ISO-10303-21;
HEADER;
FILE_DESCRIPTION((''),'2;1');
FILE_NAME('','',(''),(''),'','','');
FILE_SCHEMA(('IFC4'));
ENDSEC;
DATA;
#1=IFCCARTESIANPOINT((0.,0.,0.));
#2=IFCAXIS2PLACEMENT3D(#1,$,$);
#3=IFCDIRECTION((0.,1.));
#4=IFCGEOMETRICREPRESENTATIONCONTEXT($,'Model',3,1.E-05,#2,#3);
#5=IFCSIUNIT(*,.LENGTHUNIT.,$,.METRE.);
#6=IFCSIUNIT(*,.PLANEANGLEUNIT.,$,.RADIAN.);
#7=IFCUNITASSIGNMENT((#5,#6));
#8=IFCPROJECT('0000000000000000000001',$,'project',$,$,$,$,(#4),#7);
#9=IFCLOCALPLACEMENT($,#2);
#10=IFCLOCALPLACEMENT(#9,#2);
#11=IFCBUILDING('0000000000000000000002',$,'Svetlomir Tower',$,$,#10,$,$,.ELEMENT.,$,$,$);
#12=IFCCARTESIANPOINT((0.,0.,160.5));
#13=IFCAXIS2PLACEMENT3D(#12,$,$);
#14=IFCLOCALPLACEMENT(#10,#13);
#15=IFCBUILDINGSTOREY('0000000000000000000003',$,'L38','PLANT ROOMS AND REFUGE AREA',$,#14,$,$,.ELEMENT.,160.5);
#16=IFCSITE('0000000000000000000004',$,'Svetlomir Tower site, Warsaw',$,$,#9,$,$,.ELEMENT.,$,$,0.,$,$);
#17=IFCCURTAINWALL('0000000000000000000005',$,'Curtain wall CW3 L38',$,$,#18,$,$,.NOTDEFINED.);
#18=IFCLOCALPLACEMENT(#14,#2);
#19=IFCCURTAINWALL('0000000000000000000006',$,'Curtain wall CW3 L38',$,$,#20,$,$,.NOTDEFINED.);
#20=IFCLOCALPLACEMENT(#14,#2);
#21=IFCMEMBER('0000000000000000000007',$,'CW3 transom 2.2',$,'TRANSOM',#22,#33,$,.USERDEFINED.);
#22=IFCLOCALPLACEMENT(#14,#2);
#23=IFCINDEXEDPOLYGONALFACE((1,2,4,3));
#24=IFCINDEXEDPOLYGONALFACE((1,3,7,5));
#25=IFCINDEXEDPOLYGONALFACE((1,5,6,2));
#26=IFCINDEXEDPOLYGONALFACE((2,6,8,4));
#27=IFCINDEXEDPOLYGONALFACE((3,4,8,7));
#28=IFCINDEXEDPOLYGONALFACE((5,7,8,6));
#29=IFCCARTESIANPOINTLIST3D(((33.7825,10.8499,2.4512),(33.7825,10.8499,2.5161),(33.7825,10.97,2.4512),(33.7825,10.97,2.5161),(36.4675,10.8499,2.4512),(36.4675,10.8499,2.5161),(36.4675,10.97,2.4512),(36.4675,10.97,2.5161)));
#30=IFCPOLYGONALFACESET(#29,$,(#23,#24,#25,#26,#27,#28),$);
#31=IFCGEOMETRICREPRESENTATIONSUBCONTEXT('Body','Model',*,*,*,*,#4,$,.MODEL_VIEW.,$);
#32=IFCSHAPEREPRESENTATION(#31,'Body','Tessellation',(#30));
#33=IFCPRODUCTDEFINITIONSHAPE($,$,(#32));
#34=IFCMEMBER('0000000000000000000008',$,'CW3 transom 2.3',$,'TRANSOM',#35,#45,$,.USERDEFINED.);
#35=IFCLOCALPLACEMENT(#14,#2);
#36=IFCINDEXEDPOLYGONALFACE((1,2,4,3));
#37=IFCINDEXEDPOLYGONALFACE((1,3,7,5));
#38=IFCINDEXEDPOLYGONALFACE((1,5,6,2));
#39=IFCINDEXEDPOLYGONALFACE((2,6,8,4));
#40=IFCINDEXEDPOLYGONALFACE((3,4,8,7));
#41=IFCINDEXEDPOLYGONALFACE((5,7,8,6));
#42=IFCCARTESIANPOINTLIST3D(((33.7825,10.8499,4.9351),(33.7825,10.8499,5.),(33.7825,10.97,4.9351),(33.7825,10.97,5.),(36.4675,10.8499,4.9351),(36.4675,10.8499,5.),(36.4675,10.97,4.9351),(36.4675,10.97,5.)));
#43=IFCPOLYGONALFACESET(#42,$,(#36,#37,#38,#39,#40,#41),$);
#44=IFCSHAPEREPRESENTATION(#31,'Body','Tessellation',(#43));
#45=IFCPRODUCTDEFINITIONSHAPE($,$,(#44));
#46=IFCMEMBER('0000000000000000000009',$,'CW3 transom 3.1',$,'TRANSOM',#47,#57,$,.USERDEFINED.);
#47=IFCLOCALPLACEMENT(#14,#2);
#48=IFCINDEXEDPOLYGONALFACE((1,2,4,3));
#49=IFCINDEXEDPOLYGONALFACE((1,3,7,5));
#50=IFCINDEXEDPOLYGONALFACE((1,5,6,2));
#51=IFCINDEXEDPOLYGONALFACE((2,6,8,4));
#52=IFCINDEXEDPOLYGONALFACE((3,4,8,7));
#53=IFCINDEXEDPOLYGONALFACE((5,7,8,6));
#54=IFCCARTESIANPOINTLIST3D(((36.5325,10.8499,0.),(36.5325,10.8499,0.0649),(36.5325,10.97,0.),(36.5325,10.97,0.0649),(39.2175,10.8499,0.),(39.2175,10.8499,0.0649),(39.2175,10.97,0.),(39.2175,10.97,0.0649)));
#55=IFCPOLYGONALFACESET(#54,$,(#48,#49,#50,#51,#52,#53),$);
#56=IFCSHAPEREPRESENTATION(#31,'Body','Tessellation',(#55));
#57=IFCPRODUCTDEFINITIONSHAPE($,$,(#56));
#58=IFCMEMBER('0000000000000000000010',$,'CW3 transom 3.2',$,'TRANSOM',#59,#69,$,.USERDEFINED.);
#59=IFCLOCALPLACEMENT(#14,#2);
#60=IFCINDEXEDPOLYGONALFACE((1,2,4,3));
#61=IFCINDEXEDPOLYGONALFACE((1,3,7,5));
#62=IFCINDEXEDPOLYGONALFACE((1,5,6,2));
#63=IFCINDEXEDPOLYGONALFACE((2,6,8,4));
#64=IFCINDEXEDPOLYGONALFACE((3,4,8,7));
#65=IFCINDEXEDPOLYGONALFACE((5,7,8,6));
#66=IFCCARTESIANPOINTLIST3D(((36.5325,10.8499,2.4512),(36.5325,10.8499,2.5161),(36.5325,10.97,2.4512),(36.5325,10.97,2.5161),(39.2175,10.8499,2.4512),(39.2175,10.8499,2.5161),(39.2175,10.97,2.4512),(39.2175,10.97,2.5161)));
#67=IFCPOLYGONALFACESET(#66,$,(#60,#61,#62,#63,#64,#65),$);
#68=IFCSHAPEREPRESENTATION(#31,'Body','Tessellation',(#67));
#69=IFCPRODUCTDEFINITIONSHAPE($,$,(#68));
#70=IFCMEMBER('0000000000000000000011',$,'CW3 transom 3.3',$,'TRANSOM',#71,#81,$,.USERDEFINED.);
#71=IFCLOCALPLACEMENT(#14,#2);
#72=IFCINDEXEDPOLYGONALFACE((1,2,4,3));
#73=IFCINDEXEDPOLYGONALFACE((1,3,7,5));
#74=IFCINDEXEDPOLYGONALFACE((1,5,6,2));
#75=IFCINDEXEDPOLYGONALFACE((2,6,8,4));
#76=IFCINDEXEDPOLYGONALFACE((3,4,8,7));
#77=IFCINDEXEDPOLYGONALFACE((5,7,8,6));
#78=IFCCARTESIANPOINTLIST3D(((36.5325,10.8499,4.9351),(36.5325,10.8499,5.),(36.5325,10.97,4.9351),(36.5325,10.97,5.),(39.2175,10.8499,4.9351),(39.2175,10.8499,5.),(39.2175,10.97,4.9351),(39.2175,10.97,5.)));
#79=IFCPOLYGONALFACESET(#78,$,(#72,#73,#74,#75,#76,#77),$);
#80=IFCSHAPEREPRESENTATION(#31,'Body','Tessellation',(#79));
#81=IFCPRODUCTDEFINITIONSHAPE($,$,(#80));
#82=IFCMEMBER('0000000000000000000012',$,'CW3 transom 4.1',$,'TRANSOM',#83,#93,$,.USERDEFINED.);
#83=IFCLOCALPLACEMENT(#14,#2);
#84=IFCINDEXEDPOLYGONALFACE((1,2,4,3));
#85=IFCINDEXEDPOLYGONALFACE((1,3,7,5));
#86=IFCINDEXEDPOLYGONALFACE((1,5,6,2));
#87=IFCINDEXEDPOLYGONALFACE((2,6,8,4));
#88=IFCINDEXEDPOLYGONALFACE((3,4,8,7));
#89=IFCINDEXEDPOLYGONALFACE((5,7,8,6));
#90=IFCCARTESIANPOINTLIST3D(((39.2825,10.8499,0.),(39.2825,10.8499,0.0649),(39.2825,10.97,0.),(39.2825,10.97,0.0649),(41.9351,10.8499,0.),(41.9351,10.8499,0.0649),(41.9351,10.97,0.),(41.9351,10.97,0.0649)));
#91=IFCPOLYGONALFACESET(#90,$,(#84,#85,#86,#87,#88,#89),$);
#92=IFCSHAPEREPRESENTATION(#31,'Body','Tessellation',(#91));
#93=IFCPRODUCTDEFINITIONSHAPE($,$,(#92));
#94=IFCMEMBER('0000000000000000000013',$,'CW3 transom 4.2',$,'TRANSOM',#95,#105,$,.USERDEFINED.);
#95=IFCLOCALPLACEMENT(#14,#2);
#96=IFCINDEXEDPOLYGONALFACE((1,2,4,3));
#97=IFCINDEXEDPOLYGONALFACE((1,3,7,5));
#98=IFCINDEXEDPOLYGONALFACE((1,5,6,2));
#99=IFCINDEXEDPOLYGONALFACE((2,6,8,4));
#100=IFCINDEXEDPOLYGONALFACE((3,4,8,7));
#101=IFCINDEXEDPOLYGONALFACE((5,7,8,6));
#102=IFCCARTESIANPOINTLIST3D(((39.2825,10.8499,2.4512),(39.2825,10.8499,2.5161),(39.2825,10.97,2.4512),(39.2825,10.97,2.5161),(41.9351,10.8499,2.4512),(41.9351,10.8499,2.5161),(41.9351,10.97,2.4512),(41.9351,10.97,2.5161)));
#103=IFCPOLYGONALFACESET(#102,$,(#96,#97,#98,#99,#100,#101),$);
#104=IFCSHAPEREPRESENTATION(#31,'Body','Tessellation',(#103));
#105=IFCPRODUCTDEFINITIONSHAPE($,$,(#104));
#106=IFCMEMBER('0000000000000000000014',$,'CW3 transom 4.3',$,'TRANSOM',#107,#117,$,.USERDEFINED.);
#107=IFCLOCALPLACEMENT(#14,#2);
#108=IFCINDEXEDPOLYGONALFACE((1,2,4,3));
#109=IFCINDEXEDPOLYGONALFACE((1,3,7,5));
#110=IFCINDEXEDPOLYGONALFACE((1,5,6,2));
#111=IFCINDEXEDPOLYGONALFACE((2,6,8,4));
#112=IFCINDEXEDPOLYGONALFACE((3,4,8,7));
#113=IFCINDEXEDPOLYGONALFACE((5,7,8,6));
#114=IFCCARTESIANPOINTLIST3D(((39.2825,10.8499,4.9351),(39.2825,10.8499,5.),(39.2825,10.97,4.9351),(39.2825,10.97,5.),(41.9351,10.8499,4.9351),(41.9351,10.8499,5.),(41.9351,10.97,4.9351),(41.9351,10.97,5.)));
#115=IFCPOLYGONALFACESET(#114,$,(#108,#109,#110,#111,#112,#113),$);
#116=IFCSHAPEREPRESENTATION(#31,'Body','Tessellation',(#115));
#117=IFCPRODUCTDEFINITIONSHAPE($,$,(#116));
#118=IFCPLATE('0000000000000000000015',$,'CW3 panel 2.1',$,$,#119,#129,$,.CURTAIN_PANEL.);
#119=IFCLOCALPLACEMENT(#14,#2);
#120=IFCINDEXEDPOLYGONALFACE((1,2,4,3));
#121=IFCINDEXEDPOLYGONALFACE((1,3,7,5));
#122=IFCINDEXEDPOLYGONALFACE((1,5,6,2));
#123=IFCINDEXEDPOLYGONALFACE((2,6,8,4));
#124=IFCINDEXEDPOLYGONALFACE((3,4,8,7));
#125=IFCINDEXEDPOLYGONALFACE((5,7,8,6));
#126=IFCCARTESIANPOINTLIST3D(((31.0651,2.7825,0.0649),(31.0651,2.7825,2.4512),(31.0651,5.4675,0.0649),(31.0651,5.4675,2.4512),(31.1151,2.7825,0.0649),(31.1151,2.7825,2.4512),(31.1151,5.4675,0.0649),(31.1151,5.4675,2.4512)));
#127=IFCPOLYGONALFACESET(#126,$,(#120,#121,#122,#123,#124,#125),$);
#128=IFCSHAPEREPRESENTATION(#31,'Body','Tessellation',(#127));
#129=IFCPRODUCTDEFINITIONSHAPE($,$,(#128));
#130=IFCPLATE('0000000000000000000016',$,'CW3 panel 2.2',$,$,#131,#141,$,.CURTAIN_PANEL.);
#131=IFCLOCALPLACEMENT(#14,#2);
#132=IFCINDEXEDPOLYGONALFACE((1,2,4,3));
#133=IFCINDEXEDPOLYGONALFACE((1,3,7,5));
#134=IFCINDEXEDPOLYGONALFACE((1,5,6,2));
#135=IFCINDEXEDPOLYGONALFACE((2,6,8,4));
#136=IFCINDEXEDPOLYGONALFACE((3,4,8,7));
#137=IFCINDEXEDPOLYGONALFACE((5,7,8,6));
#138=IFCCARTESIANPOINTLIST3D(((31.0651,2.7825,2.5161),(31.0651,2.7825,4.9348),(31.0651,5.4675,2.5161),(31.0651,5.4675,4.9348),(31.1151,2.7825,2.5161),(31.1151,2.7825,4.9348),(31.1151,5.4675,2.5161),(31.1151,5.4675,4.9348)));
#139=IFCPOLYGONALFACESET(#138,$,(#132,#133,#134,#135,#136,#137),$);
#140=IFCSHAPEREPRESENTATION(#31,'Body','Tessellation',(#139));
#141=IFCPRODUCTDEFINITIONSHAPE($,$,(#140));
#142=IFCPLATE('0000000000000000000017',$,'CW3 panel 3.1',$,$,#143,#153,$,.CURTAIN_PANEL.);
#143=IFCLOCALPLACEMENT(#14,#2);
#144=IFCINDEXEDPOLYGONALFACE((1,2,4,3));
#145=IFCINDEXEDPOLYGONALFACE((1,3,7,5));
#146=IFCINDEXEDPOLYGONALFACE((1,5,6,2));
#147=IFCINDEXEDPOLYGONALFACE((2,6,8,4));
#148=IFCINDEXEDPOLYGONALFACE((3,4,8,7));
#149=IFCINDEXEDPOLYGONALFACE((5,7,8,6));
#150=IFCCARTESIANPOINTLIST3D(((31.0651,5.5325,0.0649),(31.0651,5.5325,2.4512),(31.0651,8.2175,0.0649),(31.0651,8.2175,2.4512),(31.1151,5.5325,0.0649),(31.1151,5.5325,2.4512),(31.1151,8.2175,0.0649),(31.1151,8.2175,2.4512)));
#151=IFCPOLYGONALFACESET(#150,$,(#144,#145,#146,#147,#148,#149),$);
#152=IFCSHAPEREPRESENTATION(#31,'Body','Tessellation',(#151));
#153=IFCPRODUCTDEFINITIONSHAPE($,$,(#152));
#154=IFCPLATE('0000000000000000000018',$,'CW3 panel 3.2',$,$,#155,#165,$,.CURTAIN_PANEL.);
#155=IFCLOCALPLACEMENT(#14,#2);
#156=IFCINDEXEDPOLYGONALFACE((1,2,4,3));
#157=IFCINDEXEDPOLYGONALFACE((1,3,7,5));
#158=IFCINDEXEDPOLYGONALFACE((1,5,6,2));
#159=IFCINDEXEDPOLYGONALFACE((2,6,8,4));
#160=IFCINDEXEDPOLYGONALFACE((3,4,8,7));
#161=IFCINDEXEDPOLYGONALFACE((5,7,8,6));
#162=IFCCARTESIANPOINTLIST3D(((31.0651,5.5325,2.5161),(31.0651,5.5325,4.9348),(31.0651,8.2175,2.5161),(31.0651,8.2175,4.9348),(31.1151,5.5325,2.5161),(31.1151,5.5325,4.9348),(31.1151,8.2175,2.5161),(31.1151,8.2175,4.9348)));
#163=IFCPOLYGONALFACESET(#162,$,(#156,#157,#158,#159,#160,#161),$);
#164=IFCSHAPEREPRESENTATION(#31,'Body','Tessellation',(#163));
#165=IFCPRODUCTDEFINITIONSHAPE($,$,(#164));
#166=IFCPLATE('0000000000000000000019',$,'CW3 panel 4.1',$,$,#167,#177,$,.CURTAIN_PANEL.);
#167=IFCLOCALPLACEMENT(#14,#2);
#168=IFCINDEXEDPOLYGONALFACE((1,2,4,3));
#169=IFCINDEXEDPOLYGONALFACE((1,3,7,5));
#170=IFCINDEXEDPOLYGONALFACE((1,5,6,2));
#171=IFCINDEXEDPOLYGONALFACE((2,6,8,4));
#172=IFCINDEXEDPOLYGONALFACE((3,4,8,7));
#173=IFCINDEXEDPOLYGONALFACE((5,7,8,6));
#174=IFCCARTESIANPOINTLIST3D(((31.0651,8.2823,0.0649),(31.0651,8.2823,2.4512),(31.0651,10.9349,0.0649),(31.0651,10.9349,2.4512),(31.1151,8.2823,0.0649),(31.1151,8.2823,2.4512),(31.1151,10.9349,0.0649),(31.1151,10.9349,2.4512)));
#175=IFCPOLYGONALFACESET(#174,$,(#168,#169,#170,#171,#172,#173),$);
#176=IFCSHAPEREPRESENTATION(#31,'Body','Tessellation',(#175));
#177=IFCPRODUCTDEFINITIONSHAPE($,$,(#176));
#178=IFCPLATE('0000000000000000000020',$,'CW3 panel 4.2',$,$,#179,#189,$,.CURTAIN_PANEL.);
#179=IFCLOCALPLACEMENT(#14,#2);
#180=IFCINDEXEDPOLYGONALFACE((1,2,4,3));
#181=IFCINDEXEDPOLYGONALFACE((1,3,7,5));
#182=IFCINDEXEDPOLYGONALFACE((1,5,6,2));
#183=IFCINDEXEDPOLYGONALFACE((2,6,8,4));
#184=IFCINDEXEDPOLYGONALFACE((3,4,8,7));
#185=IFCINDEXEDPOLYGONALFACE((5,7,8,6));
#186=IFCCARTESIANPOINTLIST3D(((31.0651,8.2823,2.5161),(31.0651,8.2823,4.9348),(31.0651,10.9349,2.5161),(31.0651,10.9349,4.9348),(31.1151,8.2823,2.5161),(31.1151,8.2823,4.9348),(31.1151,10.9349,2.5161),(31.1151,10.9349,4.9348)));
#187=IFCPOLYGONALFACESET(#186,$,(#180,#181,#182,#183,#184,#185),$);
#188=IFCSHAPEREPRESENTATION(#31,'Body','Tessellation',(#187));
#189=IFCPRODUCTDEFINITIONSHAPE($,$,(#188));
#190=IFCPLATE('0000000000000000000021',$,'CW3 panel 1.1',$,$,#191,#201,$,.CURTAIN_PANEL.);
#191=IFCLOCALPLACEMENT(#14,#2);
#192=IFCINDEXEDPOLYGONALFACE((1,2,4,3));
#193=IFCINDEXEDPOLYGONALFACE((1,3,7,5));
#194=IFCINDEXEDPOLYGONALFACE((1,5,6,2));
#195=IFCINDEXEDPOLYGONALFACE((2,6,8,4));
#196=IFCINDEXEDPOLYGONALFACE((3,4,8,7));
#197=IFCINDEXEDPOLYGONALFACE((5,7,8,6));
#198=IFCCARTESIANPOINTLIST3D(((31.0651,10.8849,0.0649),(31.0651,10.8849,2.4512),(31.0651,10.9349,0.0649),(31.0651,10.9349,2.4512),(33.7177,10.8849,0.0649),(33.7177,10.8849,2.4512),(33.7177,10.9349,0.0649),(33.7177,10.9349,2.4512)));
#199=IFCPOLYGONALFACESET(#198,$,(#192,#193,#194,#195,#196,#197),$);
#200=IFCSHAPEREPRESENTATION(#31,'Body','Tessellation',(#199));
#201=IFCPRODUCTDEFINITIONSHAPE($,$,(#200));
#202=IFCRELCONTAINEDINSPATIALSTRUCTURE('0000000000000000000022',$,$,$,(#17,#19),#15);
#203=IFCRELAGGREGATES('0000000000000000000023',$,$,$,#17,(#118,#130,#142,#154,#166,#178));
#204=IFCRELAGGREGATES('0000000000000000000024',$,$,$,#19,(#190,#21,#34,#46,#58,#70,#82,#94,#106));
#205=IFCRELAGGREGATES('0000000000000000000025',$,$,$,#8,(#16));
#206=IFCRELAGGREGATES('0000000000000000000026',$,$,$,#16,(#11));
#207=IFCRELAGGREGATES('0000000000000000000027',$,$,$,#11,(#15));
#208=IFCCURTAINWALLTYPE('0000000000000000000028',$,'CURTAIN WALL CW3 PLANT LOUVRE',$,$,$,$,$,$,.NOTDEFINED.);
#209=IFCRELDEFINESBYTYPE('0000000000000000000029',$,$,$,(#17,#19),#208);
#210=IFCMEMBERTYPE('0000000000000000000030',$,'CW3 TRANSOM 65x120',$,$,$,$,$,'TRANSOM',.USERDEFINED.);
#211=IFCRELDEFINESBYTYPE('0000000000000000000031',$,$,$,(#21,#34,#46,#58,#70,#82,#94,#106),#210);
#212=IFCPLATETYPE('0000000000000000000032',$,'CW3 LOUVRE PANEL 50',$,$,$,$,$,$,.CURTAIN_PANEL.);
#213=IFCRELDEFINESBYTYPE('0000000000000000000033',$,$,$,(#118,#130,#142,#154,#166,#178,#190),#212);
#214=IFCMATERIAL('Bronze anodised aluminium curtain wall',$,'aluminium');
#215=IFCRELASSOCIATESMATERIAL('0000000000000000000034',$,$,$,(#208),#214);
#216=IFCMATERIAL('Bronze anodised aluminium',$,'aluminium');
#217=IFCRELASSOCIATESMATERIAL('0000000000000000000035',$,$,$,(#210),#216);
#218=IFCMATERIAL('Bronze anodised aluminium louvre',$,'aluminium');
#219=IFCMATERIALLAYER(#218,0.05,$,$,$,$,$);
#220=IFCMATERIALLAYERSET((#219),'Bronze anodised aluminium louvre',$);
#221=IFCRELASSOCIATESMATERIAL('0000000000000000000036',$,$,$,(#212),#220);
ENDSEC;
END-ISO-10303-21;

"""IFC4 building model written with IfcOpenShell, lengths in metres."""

from ifc_helpers import new_model, si_unit, direction, frame, origin, origin_2d, place, context, subcontext, project, spatial, rectangle, extrude, material, layer, layer_set, material_profile, profile_set, type_object, element, aggregate, save


model = new_model("IFC4")

# Units and contexts
model_context = context("Model", 3, precision=1e-05, world=origin(), true_north=direction((0.0, 1.0)))
body_context = subcontext(model_context, "Body", "Model", "MODEL_VIEW")
ifc_project = project(units=[si_unit("LENGTHUNIT", "METRE"), si_unit("PLANEANGLEUNIT", "RADIAN")], contexts=[model_context])

# Site, building, storey
site_placement = place(None, origin())
site = spatial("IfcSite", under=ifc_project, at=site_placement, Name="Svetlomir Tower site, Warsaw", CompositionType="ELEMENT", RefElevation=0.0)
building_placement = place(site_placement, origin())
building = spatial("IfcBuilding", under=site, at=building_placement, Name="Svetlomir Tower", CompositionType="ELEMENT")
storey_placement = place(building_placement, frame((0.0, 0.0, 160.5)))
storey = spatial("IfcBuildingStorey", under=building, at=storey_placement, Name="L38", Description="PLANT ROOMS AND REFUGE AREA", CompositionType="ELEMENT", Elevation=160.5)

# Curtain walls
ifc_material_1 = material(Name="Bronze anodised aluminium curtain wall", Category="aluminium")
curtain_wall_type = type_object("IfcCurtainWallType", Name="CURTAIN WALL CW3 PLANT LOUVRE", PredefinedType="NOTDEFINED", material=ifc_material_1)
curtain_wall_1_placement = place(storey_placement, origin())
curtain_wall_1 = element("IfcCurtainWall", 1, at=curtain_wall_1_placement, inside=storey, type_object=curtain_wall_type, Name="Curtain wall CW3 L38", PredefinedType="NOTDEFINED")
curtain_wall_2_placement = place(storey_placement, origin())
curtain_wall_2 = element("IfcCurtainWall", 2, at=curtain_wall_2_placement, inside=storey, type_object=curtain_wall_type, Name="Curtain wall CW3 L38", PredefinedType="NOTDEFINED")

# Members
ifc_material_2 = material(Name="Bronze anodised aluminium", Category="aluminium")
ifc_material_profile_1 = material_profile(ifc_material_2, rectangle(XDim=0.1201, YDim=0.0649, at=origin_2d()), Name="AL 120x65")
ifc_profile_set_1 = profile_set([ifc_material_profile_1], Name="Bronze anodised aluminium 6063-T6")
member_type_1 = type_object("IfcMemberType", Name="CW3 TRANSOM 65x120", ElementType="TRANSOM", PredefinedType="USERDEFINED", material=ifc_profile_set_1)
member_1_placement = place(storey_placement, frame((33.7825, 10.9099, 2.4836), z_axis=(1.0, 0.0, 0.0), x_axis=(0.0, 1.0, 0.0)))
member_1 = element("IfcMember", 3, at=member_1_placement, type_object=member_type_1, Name="CW3 transom 2.2", ObjectType="TRANSOM", PredefinedType="USERDEFINED", context=body_context, shape_type="SweptSolid", body=[
    extrude(rectangle(XDim=0.1201, YDim=0.0649, at=origin_2d()), origin(), (0.0, 0.0, 1.0), 2.6851),
])
member_2_placement = place(storey_placement, frame((33.7825, 10.9099, 4.9675), z_axis=(1.0, 0.0, 0.0), x_axis=(0.0, 1.0, 0.0)))
member_2 = element("IfcMember", 4, at=member_2_placement, type_object=member_type_1, Name="CW3 transom 2.3", ObjectType="TRANSOM", PredefinedType="USERDEFINED", context=body_context, shape_type="SweptSolid", body=[
    extrude(rectangle(XDim=0.1201, YDim=0.0649, at=origin_2d()), origin(), (0.0, 0.0, 1.0), 2.6851),
])
member_3_placement = place(storey_placement, frame((36.5325, 10.9099, 0.0325), z_axis=(1.0, 0.0, 0.0), x_axis=(0.0, 1.0, 0.0)))
member_3 = element("IfcMember", 5, at=member_3_placement, type_object=member_type_1, Name="CW3 transom 3.1", ObjectType="TRANSOM", PredefinedType="USERDEFINED", context=body_context, shape_type="SweptSolid", body=[
    extrude(rectangle(XDim=0.1201, YDim=0.0649, at=origin_2d()), origin(), (0.0, 0.0, 1.0), 2.6851),
])
member_4_placement = place(storey_placement, frame((36.5325, 10.9099, 2.4836), z_axis=(1.0, 0.0, 0.0), x_axis=(0.0, 1.0, 0.0)))
member_4 = element("IfcMember", 6, at=member_4_placement, type_object=member_type_1, Name="CW3 transom 3.2", ObjectType="TRANSOM", PredefinedType="USERDEFINED", context=body_context, shape_type="SweptSolid", body=[
    extrude(rectangle(XDim=0.1201, YDim=0.0649, at=origin_2d()), origin(), (0.0, 0.0, 1.0), 2.6851),
])
member_5_placement = place(storey_placement, frame((36.5325, 10.9099, 4.9675), z_axis=(1.0, 0.0, 0.0), x_axis=(0.0, 1.0, 0.0)))
member_5 = element("IfcMember", 7, at=member_5_placement, type_object=member_type_1, Name="CW3 transom 3.3", ObjectType="TRANSOM", PredefinedType="USERDEFINED", context=body_context, shape_type="SweptSolid", body=[
    extrude(rectangle(XDim=0.1201, YDim=0.0649, at=origin_2d()), origin(), (0.0, 0.0, 1.0), 2.6851),
])
member_6_placement = place(storey_placement, frame((39.2825, 10.9099, 0.0325), z_axis=(1.0, 0.0, 0.0), x_axis=(0.0, 1.0, 0.0)))
member_6 = element("IfcMember", 8, at=member_6_placement, type_object=member_type_1, Name="CW3 transom 4.1", ObjectType="TRANSOM", PredefinedType="USERDEFINED", context=body_context, shape_type="SweptSolid", body=[
    extrude(rectangle(XDim=0.1201, YDim=0.0649, at=origin_2d()), origin(), (0.0, 0.0, 1.0), 2.6526),
])
member_7_placement = place(storey_placement, frame((39.2825, 10.9099, 2.4836), z_axis=(1.0, 0.0, 0.0), x_axis=(0.0, 1.0, 0.0)))
member_7 = element("IfcMember", 9, at=member_7_placement, type_object=member_type_1, Name="CW3 transom 4.2", ObjectType="TRANSOM", PredefinedType="USERDEFINED", context=body_context, shape_type="SweptSolid", body=[
    extrude(rectangle(XDim=0.1201, YDim=0.0649, at=origin_2d()), origin(), (0.0, 0.0, 1.0), 2.6526),
])
member_8_placement = place(storey_placement, frame((39.2825, 10.9099, 4.9675), z_axis=(1.0, 0.0, 0.0), x_axis=(0.0, 1.0, 0.0)))
member_8 = element("IfcMember", 10, at=member_8_placement, type_object=member_type_1, Name="CW3 transom 4.3", ObjectType="TRANSOM", PredefinedType="USERDEFINED", context=body_context, shape_type="SweptSolid", body=[
    extrude(rectangle(XDim=0.1201, YDim=0.0649, at=origin_2d()), origin(), (0.0, 0.0, 1.0), 2.6526),
])

# Plates
ifc_material_3 = material(Name="Bronze anodised aluminium louvre", Category="aluminium")
ifc_layer = layer(ifc_material_3, 0.05)
ifc_layer_set = layer_set([ifc_layer], Name="Bronze anodised aluminium louvre")
plate_type = type_object("IfcPlateType", Name="CW3 LOUVRE PANEL 50", PredefinedType="CURTAIN_PANEL", material=ifc_layer_set)
plate_1_placement = place(storey_placement, frame((31.0901, 4.125, 0.0649), z_axis=(0.0, 0.0, 1.0), x_axis=(0.0, 1.0, 0.0)))
plate_1 = element("IfcPlate", 11, at=plate_1_placement, type_object=plate_type, Name="CW3 panel 2.1", PredefinedType="CURTAIN_PANEL", context=body_context, shape_type="SweptSolid", body=[
    extrude(rectangle(XDim=2.6851, YDim=0.05, at=origin_2d()), origin(), (0.0, 0.0, 1.0), 2.3862),
])
plate_2_placement = place(storey_placement, frame((31.0901, 4.125, 2.5161), z_axis=(0.0, 0.0, 1.0), x_axis=(0.0, 1.0, 0.0)))
plate_2 = element("IfcPlate", 12, at=plate_2_placement, type_object=plate_type, Name="CW3 panel 2.2", PredefinedType="CURTAIN_PANEL", context=body_context, shape_type="SweptSolid", body=[
    extrude(rectangle(XDim=2.6851, YDim=0.05, at=origin_2d()), origin(), (0.0, 0.0, 1.0), 2.4187),
])
plate_3_placement = place(storey_placement, frame((31.0901, 6.875, 0.0649), z_axis=(0.0, 0.0, 1.0), x_axis=(0.0, 1.0, 0.0)))
plate_3 = element("IfcPlate", 13, at=plate_3_placement, type_object=plate_type, Name="CW3 panel 3.1", PredefinedType="CURTAIN_PANEL", context=body_context, shape_type="SweptSolid", body=[
    extrude(rectangle(XDim=2.6851, YDim=0.05, at=origin_2d()), origin(), (0.0, 0.0, 1.0), 2.3862),
])
plate_4_placement = place(storey_placement, frame((31.0901, 6.875, 2.5161), z_axis=(0.0, 0.0, 1.0), x_axis=(0.0, 1.0, 0.0)))
plate_4 = element("IfcPlate", 14, at=plate_4_placement, type_object=plate_type, Name="CW3 panel 3.2", PredefinedType="CURTAIN_PANEL", context=body_context, shape_type="SweptSolid", body=[
    extrude(rectangle(XDim=2.6851, YDim=0.05, at=origin_2d()), origin(), (0.0, 0.0, 1.0), 2.4187),
])
plate_5_placement = place(storey_placement, frame((31.0901, 9.6086, 0.0649), z_axis=(0.0, 0.0, 1.0), x_axis=(0.0, 1.0, 0.0)))
plate_5 = element("IfcPlate", 15, at=plate_5_placement, type_object=plate_type, Name="CW3 panel 4.1", PredefinedType="CURTAIN_PANEL", context=body_context, shape_type="SweptSolid", body=[
    extrude(rectangle(XDim=2.6526, YDim=0.05, at=origin_2d()), origin(), (0.0, 0.0, 1.0), 2.3862),
])
plate_6_placement = place(storey_placement, frame((31.0901, 9.6086, 2.5161), z_axis=(0.0, 0.0, 1.0), x_axis=(0.0, 1.0, 0.0)))
plate_6 = element("IfcPlate", 16, at=plate_6_placement, type_object=plate_type, Name="CW3 panel 4.2", PredefinedType="CURTAIN_PANEL", context=body_context, shape_type="SweptSolid", body=[
    extrude(rectangle(XDim=2.6526, YDim=0.05, at=origin_2d()), origin(), (0.0, 0.0, 1.0), 2.4187),
])
aggregate(curtain_wall_1, [plate_1, plate_2, plate_3, plate_4, plate_5, plate_6])
plate_7_placement = place(storey_placement, frame((32.3914, 10.9099, 0.0649), z_axis=(0.0, 0.0, 1.0), x_axis=(1.0, 0.0, 0.0)))
plate_7 = element("IfcPlate", 17, at=plate_7_placement, type_object=plate_type, Name="CW3 panel 1.1", PredefinedType="CURTAIN_PANEL", context=body_context, shape_type="SweptSolid", body=[
    extrude(rectangle(XDim=2.6526, YDim=0.05, at=origin_2d()), origin(), (0.0, 0.0, 1.0), 2.3862),
])
aggregate(curtain_wall_2, [plate_7, member_1, member_2, member_3, member_4, member_5, member_6, member_7, member_8])

save(model, "model.ifc")
